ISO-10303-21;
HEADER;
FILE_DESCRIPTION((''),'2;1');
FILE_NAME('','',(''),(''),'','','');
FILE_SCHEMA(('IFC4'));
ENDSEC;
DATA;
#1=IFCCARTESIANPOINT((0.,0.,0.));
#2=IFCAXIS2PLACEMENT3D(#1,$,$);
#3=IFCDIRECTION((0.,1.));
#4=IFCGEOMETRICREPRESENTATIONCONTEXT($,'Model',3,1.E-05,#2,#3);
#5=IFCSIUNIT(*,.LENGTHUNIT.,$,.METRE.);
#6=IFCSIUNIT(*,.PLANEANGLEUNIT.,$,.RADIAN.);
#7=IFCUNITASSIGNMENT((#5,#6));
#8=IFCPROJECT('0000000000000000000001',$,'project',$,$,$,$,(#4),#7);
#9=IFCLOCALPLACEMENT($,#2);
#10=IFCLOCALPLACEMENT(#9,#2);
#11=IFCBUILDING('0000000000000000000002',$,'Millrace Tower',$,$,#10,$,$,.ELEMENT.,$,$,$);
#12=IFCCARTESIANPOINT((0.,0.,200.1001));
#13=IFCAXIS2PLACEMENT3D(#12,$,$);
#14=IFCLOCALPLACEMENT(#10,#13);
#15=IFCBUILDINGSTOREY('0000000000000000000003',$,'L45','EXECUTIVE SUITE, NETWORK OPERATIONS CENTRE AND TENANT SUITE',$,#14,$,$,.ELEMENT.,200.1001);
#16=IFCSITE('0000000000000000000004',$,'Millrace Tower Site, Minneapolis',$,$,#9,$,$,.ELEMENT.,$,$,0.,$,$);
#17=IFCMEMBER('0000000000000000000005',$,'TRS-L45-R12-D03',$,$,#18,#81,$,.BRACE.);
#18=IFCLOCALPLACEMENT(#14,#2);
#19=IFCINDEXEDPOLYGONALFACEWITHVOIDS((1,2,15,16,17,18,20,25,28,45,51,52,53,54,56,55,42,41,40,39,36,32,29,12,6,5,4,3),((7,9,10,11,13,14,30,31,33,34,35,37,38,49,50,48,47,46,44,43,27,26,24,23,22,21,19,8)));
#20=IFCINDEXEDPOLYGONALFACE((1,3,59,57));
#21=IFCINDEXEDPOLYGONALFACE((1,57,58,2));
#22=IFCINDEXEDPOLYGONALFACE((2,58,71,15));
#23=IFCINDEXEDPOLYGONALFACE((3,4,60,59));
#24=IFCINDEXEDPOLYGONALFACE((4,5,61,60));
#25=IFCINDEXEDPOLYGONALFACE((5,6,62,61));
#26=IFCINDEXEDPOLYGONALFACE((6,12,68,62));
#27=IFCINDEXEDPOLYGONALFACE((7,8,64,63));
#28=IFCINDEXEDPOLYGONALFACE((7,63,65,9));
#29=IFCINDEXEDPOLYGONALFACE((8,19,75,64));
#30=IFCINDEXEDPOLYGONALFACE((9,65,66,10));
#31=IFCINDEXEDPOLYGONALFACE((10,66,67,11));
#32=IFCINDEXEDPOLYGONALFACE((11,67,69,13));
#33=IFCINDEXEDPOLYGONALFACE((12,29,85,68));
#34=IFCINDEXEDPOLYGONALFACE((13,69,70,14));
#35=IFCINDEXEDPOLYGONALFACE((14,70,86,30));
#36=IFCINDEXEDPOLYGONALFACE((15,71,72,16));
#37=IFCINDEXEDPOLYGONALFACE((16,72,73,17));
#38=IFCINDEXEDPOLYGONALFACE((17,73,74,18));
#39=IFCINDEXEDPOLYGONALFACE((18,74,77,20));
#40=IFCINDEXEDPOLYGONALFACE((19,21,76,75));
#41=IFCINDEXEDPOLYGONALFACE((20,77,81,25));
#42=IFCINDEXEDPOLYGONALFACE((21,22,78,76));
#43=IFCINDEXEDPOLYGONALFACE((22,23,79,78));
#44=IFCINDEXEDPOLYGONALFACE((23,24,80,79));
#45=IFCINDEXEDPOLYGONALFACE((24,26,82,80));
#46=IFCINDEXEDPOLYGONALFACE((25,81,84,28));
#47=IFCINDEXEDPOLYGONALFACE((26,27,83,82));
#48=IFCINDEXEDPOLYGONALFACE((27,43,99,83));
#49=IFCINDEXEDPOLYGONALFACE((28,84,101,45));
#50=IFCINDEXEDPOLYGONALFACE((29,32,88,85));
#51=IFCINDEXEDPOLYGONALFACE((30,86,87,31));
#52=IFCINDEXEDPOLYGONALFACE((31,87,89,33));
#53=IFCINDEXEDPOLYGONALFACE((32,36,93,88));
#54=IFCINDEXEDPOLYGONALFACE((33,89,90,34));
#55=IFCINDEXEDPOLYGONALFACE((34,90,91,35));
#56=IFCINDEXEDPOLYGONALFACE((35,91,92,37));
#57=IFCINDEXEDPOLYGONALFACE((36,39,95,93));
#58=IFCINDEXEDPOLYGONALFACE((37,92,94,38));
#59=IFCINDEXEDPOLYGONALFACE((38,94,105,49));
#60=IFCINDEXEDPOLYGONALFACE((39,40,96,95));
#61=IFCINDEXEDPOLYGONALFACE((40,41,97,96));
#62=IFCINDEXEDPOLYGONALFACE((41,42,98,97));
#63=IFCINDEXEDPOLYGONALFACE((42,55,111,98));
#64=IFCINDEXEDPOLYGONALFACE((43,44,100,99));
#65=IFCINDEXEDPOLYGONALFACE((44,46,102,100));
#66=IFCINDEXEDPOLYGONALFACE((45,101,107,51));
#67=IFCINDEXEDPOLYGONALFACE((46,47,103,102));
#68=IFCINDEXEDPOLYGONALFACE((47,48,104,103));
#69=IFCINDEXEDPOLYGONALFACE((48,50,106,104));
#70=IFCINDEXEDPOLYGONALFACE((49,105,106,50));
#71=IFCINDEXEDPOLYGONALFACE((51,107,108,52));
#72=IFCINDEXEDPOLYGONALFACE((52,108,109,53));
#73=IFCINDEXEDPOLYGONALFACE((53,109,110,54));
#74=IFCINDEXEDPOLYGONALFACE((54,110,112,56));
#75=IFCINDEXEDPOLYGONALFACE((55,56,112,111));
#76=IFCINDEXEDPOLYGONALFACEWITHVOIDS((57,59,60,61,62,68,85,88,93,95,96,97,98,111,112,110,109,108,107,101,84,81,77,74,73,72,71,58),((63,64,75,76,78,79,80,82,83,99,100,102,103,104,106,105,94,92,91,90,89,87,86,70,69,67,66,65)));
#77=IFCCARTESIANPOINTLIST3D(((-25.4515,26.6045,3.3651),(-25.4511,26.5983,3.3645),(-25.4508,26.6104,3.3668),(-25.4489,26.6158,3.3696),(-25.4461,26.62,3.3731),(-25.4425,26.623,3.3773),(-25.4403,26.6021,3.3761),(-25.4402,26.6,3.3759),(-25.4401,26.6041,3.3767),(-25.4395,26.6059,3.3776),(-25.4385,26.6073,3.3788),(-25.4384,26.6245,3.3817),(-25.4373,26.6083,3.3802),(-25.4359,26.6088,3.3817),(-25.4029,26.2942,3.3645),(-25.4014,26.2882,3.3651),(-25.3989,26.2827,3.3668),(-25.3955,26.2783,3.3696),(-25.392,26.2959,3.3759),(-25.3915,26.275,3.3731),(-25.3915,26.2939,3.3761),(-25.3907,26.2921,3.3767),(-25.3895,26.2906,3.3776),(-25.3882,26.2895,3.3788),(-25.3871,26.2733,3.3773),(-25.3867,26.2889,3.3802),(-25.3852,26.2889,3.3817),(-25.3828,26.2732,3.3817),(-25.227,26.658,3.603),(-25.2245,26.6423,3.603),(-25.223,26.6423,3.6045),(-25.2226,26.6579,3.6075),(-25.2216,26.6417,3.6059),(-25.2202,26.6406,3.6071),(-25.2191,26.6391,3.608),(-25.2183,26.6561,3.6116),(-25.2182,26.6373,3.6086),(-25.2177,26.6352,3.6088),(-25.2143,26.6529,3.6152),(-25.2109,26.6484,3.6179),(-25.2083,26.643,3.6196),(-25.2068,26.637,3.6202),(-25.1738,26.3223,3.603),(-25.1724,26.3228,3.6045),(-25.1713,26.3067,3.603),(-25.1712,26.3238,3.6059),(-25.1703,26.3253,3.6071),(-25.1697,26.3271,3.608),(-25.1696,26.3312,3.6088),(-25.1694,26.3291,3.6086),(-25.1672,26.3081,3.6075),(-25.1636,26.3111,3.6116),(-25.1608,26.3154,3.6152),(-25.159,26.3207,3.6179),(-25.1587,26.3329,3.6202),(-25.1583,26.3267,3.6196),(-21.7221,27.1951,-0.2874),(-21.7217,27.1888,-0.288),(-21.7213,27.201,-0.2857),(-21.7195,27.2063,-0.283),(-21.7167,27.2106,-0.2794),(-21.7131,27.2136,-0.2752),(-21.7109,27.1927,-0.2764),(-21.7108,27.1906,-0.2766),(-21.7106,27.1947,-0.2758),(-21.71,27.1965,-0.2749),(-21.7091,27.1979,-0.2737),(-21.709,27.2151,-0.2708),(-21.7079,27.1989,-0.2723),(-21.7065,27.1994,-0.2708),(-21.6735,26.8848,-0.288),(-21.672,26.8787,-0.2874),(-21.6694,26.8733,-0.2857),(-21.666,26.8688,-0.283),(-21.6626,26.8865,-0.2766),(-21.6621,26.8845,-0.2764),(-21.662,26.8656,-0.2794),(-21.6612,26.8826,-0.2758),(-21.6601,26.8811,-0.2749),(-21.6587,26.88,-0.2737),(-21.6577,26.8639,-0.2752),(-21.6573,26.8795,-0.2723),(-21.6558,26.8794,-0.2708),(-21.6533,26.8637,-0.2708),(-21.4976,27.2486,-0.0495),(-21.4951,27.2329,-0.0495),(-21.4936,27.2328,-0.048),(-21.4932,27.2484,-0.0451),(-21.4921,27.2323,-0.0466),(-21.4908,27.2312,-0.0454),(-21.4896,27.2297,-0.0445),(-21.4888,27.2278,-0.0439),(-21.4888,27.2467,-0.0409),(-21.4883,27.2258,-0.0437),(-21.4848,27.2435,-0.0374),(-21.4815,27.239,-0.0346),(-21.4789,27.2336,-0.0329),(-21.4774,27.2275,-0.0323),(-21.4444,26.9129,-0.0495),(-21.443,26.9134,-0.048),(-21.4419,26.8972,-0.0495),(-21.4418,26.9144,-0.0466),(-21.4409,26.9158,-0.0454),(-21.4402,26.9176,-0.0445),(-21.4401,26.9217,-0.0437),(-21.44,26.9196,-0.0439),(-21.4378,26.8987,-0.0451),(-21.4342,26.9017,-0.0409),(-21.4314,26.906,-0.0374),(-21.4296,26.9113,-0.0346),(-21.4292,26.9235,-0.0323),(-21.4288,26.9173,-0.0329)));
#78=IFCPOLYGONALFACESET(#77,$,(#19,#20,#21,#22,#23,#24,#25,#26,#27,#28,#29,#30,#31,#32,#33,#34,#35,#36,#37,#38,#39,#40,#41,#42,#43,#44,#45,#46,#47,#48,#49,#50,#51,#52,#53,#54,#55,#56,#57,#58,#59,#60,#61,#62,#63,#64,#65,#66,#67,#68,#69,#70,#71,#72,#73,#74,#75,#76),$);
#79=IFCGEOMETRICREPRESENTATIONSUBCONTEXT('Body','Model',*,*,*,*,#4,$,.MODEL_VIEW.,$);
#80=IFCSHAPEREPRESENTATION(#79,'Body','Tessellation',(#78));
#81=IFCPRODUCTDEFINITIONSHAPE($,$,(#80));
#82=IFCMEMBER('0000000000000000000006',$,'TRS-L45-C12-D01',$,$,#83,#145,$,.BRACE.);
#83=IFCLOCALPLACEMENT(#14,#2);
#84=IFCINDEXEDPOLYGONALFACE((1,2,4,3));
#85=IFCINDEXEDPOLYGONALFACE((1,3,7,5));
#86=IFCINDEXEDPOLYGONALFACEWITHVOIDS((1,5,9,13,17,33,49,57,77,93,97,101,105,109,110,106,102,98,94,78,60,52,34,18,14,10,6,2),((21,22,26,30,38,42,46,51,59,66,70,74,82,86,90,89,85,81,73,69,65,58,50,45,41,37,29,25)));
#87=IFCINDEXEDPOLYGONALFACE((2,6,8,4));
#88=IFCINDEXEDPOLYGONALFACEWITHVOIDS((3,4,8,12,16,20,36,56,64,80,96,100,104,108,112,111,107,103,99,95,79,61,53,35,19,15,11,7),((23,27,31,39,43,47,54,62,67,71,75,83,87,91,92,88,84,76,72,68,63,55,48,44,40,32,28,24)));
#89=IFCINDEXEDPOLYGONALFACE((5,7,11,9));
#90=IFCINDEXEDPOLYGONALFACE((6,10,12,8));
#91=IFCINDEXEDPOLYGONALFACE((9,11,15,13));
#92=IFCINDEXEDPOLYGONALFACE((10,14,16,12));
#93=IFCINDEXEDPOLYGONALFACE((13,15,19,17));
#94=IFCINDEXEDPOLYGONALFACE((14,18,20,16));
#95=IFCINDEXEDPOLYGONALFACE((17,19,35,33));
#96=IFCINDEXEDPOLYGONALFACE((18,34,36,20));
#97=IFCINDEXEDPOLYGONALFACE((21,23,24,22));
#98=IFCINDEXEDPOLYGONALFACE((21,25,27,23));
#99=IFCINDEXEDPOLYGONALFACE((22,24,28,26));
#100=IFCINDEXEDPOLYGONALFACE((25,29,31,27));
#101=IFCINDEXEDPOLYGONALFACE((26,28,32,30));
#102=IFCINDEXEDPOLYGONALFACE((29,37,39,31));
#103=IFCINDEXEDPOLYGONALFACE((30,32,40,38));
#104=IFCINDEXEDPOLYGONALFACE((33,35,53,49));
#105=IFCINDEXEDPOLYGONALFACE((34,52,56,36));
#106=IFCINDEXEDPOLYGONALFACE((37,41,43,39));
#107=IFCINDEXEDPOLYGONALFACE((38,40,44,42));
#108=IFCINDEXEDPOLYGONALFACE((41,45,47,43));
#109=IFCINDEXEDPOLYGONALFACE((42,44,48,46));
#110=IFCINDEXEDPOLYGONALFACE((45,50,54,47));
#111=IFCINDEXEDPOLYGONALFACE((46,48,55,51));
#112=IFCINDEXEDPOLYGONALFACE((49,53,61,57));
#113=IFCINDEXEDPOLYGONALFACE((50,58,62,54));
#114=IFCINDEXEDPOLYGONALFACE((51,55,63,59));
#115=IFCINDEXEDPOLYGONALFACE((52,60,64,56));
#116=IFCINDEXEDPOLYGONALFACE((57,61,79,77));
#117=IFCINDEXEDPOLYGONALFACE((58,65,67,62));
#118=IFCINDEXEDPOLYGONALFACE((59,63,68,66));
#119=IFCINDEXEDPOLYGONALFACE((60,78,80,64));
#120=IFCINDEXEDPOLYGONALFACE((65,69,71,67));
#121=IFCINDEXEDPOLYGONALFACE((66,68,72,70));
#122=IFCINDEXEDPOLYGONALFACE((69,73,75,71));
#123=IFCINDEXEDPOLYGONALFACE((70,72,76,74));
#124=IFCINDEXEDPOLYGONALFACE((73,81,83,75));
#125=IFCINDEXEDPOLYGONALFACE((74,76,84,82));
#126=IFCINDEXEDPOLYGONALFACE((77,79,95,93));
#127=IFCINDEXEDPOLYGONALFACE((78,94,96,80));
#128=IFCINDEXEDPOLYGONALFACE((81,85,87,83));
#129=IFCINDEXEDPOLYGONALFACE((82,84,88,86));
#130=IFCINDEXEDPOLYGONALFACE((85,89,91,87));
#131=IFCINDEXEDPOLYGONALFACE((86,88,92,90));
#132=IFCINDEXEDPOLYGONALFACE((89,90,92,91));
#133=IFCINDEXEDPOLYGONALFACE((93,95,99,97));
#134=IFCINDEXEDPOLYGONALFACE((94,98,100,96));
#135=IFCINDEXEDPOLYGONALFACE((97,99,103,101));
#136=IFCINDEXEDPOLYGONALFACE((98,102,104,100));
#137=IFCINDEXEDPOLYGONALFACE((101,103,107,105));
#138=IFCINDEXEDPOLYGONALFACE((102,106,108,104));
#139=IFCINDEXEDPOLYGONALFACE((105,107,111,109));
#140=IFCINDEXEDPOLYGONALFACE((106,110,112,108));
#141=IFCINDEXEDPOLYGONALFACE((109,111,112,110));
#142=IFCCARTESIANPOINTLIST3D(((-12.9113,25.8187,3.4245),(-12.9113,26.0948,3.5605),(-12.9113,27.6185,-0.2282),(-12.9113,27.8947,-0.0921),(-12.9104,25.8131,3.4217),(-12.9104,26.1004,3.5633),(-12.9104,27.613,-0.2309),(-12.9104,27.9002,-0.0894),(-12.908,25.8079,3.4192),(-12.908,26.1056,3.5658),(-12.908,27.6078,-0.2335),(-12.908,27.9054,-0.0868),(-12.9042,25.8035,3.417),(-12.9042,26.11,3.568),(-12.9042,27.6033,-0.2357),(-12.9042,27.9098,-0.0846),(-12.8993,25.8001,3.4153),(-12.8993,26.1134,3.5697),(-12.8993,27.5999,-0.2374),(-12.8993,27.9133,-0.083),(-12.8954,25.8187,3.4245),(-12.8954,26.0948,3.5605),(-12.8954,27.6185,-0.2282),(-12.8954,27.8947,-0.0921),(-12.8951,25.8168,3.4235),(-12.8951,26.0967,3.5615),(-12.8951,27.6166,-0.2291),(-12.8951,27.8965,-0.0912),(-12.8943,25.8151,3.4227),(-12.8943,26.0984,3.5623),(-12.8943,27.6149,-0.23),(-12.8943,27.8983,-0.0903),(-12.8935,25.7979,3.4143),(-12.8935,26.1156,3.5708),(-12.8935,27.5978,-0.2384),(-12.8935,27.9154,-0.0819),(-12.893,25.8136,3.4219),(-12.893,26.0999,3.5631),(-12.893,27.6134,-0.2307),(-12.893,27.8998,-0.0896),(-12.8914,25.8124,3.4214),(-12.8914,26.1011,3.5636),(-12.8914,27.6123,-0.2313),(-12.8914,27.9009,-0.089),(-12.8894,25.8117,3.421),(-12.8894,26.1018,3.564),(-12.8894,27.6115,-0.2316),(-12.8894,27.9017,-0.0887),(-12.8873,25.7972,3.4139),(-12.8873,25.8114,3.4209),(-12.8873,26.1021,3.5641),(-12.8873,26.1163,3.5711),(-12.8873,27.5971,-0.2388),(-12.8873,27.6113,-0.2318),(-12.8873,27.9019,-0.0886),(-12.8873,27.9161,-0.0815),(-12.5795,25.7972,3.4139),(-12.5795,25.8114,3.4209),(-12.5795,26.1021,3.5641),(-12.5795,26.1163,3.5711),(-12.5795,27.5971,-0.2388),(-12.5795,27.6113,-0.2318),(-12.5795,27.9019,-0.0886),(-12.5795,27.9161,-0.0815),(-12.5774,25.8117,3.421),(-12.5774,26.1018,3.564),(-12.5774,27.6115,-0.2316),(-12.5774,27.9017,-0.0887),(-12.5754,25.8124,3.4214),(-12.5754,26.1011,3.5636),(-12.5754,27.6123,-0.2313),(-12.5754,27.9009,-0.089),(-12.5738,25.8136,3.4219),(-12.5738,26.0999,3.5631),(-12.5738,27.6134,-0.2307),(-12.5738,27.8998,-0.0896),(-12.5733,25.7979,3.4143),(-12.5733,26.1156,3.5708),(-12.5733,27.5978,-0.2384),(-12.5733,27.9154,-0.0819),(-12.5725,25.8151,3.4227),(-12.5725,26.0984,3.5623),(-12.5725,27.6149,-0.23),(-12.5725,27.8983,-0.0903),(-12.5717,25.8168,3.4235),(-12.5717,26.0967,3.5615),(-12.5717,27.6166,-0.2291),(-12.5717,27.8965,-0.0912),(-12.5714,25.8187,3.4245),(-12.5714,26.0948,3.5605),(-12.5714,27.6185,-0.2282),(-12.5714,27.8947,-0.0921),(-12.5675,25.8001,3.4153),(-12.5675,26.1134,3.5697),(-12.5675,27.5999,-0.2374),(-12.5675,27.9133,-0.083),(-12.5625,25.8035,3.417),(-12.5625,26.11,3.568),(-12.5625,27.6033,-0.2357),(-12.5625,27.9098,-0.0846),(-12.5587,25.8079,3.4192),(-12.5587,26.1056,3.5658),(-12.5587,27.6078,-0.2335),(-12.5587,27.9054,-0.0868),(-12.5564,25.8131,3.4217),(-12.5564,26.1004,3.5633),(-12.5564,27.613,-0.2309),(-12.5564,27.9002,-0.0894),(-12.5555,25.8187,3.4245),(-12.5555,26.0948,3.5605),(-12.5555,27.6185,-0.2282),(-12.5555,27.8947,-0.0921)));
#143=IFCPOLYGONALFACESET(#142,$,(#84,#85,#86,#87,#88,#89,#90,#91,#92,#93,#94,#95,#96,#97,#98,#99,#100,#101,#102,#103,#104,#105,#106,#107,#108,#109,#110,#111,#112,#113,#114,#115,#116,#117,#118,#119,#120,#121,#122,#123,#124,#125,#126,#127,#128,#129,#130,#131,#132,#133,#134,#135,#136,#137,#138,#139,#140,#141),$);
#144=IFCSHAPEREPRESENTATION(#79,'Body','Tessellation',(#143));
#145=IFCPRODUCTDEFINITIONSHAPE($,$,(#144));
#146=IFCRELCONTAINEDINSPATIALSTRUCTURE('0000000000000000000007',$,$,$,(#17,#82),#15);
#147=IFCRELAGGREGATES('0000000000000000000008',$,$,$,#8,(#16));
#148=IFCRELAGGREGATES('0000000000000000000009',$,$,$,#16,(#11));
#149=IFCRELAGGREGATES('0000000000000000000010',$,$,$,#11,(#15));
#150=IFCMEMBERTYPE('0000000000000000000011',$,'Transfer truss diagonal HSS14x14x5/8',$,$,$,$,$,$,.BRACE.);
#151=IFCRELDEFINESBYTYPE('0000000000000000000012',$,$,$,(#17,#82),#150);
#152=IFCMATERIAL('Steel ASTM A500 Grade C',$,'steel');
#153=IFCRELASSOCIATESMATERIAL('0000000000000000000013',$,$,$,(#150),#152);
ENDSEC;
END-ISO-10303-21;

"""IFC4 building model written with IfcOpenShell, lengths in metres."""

from ifc_helpers import new_model, si_unit, direction, frame, origin, origin_2d, place, context, subcontext, project, spatial, hollow_rectangle, extrude, material, material_profile, profile_set, type_object, element, save


model = new_model("IFC4")

# Units and contexts
model_context = context("Model", 3, precision=1e-05, world=origin(), true_north=direction((0.0, 1.0)))
body_context = subcontext(model_context, "Body", "Model", "MODEL_VIEW")
ifc_project = project(units=[si_unit("LENGTHUNIT", "METRE"), si_unit("PLANEANGLEUNIT", "RADIAN")], contexts=[model_context])

# Site, building, storey
site_placement = place(None, origin())
site = spatial("IfcSite", under=ifc_project, at=site_placement, Name="Millrace Tower Site, Minneapolis", CompositionType="ELEMENT", RefElevation=0.0)
building_placement = place(site_placement, origin())
building = spatial("IfcBuilding", under=site, at=building_placement, Name="Millrace Tower", CompositionType="ELEMENT")
storey_placement = place(building_placement, frame((0.0, 0.0, 200.1001)))
storey = spatial("IfcBuildingStorey", under=building, at=storey_placement, Name="L45", Description="EXECUTIVE SUITE, NETWORK OPERATIONS CENTRE AND TENANT SUITE", CompositionType="ELEMENT", Elevation=200.1001)

# Members
ifc_material_1 = material(Name="Steel ASTM A500 Grade C", Category="steel")
ifc_material_profile_1 = material_profile(ifc_material_1, hollow_rectangle(XDim=0.3557, YDim=0.3557, WallThickness=0.0159, InnerFilletRadius=0.0081, OuterFilletRadius=0.0239, at=origin_2d()))
ifc_profile_set_1 = profile_set([ifc_material_profile_1], Name="Steel ASTM A500 Grade C")
member_type_1 = type_object("IfcMemberType", Name="Transfer truss diagonal HSS14x14x5/8", PredefinedType="BRACE", material=ifc_profile_set_1)
member_1_placement = place(storey_placement, frame((-21.5754, 27.0562, -0.1602), z_axis=(-0.709906, -0.112416, 0.695267), x_axis=(0.156404, -0.987693, 0.0)))
element("IfcMember", 1, at=member_1_placement, inside=storey, type_object=member_type_1, Name="TRS-L45-R12-D03", PredefinedType="BRACE", context=body_context, shape_type="SweptSolid", body=[
    extrude(hollow_rectangle(XDim=0.3557, YDim=0.3557, WallThickness=0.0159, InnerFilletRadius=0.0081, OuterFilletRadius=0.0239, at=origin_2d()), origin(), (0.0, 0.0, 1.0), 5.2534),
])
member_2_placement = place(storey_placement, frame((-12.7334, 27.7566, -0.1602), z_axis=(0.0, -0.442002, 0.897014), x_axis=(1.0, 0.0, 0.0)))
element("IfcMember", 2, at=member_2_placement, inside=storey, type_object=member_type_1, Name="TRS-L45-C12-D01", PredefinedType="BRACE", context=body_context, shape_type="SweptSolid", body=[
    extrude(hollow_rectangle(XDim=0.3557, YDim=0.3557, WallThickness=0.0159, InnerFilletRadius=0.0081, OuterFilletRadius=0.0239, at=origin_2d()), origin(), (0.0, 0.0, 1.0), 4.072),
])

save(model, "model.ifc")
